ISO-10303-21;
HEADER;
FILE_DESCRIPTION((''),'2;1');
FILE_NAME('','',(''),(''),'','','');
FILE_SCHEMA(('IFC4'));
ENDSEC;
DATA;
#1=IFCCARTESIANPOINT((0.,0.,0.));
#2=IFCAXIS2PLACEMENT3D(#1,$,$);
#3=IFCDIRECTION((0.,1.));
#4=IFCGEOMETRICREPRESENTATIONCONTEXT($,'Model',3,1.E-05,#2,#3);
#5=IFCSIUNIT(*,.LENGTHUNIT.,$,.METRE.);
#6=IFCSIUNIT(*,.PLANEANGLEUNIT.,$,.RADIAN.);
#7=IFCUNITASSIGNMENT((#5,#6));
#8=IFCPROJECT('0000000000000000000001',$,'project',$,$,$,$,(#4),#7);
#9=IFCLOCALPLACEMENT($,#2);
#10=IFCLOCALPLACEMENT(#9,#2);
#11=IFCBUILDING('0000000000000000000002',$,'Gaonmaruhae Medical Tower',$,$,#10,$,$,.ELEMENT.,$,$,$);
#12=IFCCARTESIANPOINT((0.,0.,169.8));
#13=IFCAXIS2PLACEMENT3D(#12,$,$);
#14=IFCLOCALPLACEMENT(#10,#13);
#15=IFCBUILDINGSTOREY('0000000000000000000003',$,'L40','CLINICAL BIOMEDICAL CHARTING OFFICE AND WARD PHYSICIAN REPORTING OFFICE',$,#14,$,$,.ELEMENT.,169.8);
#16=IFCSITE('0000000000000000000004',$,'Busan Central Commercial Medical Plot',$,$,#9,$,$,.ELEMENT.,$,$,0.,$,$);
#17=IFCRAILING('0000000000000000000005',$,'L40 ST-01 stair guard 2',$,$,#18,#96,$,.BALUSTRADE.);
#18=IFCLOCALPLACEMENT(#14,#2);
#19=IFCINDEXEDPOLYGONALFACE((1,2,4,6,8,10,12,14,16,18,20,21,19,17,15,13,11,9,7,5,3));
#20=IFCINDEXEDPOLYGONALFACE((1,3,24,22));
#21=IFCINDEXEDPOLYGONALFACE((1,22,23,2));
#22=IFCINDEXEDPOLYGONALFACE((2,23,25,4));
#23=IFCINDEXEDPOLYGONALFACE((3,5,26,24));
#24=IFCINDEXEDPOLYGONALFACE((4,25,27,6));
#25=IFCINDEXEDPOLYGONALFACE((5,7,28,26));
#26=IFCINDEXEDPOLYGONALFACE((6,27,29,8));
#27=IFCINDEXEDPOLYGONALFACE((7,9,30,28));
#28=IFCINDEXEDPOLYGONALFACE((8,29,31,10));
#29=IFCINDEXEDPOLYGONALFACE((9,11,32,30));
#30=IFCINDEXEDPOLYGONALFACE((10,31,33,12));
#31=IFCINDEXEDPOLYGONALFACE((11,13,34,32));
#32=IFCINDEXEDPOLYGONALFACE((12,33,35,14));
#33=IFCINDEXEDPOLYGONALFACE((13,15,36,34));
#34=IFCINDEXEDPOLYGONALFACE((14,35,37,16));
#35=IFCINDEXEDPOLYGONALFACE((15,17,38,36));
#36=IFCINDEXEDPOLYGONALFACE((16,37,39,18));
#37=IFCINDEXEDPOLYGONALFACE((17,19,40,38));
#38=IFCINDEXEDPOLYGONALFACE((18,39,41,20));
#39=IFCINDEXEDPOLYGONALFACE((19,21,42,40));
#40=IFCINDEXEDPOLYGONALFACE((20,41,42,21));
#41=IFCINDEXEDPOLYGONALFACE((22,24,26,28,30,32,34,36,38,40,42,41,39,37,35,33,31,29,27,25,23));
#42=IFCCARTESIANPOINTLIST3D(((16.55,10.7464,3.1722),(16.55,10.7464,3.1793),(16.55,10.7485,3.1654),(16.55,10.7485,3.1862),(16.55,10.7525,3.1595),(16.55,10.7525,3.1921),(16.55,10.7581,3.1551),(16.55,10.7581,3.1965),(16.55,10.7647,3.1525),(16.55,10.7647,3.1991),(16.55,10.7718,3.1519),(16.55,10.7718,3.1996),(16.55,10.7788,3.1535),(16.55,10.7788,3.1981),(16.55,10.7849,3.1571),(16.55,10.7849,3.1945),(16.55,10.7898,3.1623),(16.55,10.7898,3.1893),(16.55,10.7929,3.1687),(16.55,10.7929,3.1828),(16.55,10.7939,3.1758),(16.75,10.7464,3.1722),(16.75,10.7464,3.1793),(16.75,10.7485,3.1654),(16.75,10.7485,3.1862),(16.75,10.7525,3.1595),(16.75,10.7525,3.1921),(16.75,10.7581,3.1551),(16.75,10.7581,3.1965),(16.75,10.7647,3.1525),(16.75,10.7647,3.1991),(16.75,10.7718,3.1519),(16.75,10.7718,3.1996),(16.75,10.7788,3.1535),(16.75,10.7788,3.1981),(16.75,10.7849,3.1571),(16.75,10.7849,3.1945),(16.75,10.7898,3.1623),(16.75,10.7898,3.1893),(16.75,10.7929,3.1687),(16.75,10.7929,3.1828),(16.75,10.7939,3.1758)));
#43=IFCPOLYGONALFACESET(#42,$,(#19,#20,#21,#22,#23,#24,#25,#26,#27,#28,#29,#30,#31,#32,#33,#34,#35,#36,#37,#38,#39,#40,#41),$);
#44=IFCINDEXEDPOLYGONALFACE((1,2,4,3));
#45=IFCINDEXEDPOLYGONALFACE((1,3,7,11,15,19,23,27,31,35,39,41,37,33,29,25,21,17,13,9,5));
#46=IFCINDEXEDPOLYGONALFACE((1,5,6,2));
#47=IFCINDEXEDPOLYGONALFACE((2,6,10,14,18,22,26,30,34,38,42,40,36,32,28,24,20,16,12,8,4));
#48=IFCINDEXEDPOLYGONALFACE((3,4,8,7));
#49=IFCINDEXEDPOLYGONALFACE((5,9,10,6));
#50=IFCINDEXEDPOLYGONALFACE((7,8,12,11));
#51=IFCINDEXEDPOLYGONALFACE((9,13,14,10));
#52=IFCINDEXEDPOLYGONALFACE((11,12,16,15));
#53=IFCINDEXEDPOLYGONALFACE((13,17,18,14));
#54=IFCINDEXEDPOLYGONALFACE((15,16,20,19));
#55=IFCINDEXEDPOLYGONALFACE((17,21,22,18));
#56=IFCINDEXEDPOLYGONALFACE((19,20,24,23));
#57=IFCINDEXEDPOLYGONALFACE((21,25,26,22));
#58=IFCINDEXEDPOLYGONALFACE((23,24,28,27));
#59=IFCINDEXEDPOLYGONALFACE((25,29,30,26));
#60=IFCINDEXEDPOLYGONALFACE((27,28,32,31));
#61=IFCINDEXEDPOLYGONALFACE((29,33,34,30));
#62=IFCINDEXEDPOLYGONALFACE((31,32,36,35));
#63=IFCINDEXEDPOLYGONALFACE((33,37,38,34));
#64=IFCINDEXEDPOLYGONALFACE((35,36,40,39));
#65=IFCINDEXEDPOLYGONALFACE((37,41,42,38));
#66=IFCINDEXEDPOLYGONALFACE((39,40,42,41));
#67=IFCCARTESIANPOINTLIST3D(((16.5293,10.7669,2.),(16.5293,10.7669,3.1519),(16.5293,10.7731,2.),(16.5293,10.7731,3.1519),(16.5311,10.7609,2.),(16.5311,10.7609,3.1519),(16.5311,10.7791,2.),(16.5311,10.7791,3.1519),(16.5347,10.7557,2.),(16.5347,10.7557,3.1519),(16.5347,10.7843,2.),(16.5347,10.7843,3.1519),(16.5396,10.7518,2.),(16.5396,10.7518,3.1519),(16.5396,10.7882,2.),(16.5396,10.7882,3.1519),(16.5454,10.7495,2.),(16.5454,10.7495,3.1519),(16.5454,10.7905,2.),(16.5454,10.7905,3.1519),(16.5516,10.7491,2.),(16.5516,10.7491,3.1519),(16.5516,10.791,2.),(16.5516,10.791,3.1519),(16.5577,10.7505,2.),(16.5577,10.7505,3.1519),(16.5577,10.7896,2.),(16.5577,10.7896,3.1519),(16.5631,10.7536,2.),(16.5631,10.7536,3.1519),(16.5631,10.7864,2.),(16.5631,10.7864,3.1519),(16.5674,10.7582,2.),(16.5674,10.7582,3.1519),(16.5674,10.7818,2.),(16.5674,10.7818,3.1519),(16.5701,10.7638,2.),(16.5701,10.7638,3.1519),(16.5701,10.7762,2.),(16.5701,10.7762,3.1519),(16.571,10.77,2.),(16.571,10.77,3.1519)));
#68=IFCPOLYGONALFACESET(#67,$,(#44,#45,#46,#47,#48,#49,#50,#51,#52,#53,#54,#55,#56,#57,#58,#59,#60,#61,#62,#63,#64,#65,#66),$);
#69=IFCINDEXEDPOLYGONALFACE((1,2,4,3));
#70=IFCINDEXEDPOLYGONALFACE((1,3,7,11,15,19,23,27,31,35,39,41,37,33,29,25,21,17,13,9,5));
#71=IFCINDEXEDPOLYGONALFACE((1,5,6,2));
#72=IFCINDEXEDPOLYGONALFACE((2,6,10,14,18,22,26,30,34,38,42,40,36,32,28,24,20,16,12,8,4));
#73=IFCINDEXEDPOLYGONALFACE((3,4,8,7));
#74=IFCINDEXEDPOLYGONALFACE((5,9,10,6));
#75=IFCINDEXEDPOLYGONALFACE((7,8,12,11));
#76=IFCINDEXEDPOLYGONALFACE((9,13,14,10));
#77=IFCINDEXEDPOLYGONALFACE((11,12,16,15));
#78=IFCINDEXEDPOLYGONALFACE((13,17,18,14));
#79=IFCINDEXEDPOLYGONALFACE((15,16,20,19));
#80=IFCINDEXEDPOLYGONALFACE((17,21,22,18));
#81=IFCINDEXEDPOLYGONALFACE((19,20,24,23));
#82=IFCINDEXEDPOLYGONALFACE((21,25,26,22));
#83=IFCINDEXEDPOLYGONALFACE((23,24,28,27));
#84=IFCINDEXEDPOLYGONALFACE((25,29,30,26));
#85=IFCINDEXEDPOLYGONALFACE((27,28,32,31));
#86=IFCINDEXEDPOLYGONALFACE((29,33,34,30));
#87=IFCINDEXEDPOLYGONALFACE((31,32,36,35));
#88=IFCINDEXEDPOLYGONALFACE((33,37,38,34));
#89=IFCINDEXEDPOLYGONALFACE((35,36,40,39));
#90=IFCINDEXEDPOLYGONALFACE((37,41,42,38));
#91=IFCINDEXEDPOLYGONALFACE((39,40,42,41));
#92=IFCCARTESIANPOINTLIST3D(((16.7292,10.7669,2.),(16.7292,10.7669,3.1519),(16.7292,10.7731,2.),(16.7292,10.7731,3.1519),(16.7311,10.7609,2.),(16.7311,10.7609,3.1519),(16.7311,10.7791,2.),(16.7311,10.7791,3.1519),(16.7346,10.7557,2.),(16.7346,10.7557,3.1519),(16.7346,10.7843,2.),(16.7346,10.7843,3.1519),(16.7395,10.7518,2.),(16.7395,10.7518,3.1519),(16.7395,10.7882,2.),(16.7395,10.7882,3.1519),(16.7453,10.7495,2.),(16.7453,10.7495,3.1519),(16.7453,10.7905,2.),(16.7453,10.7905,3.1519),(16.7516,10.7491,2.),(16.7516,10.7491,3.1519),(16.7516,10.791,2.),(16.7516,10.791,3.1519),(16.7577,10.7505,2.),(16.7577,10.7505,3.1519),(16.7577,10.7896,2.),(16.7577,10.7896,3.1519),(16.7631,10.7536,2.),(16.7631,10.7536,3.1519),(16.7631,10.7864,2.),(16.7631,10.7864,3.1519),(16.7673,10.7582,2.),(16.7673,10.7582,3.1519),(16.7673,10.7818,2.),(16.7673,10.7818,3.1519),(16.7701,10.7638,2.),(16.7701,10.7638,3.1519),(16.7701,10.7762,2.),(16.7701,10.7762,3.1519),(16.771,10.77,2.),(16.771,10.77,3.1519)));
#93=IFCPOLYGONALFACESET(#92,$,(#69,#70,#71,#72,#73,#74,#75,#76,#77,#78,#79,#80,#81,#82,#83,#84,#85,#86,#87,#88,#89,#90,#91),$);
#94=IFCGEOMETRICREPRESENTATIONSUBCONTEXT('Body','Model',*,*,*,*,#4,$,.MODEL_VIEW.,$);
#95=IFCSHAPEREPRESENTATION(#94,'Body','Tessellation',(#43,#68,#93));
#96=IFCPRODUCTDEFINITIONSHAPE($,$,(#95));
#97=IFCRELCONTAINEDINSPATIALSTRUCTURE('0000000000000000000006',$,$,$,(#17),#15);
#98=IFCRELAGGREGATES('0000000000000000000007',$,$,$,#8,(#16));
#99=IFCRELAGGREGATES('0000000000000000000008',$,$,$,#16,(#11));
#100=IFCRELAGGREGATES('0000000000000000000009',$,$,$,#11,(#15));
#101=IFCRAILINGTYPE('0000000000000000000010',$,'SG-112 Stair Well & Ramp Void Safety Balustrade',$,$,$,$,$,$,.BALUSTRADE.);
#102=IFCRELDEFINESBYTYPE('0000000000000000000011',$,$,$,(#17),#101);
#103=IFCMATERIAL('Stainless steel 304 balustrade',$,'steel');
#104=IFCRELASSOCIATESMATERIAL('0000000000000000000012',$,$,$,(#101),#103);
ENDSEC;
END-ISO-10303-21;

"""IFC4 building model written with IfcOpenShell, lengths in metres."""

from ifc_helpers import new_model, si_unit, direction, frame, origin, origin_2d, place, context, subcontext, project, spatial, circle, extrude, material, type_object, element, save


model = new_model("IFC4")

# Units and contexts
model_context = context("Model", 3, precision=1e-05, world=origin(), true_north=direction((0.0, 1.0)))
body_context = subcontext(model_context, "Body", "Model", "MODEL_VIEW")
ifc_project = project(units=[si_unit("LENGTHUNIT", "METRE"), si_unit("PLANEANGLEUNIT", "RADIAN")], contexts=[model_context])

# Site, building, storey
site_placement = place(None, origin())
site = spatial("IfcSite", under=ifc_project, at=site_placement, Name="Busan Central Commercial Medical Plot", CompositionType="ELEMENT", RefElevation=0.0)
building_placement = place(site_placement, origin())
building = spatial("IfcBuilding", under=site, at=building_placement, Name="Gaonmaruhae Medical Tower", CompositionType="ELEMENT")
storey_placement = place(building_placement, frame((0.0, 0.0, 169.8)))
storey = spatial("IfcBuildingStorey", under=building, at=storey_placement, Name="L40", Description="CLINICAL BIOMEDICAL CHARTING OFFICE AND WARD PHYSICIAN REPORTING OFFICE", CompositionType="ELEMENT", Elevation=169.8)

# Railing
ifc_material_1 = material(Name="Stainless steel 304 balustrade", Category="steel")
railing_type_1 = type_object("IfcRailingType", Name="SG-112 Stair Well & Ramp Void Safety Balustrade", PredefinedType="BALUSTRADE", material=ifc_material_1)
railing_1_placement = place(storey_placement, frame((16.55, 10.77, 2.0)))
element("IfcRailing", 1, at=railing_1_placement, inside=storey, type_object=railing_type_1, Name="L40 ST-01 stair guard 2", PredefinedType="BALUSTRADE", context=body_context, shape_type="SweptSolid", body=[
    extrude(circle(Radius=0.0239, at=origin_2d()), frame((0.0, 0.0, 1.1758), z_axis=(1.0, 0.0, 0.0), x_axis=(0.0, 1.0, 0.0)), (0.0, 0.0, 1.0), 0.2),
    extrude(circle(Radius=0.021, at=origin_2d()), origin(), (0.0, 0.0, 1.0), 1.1519),
    extrude(circle(Radius=0.021, at=origin_2d()), frame((0.2, 0.0, 0.0)), (0.0, 0.0, 1.0), 1.1519),
])

save(model, "model.ifc")
